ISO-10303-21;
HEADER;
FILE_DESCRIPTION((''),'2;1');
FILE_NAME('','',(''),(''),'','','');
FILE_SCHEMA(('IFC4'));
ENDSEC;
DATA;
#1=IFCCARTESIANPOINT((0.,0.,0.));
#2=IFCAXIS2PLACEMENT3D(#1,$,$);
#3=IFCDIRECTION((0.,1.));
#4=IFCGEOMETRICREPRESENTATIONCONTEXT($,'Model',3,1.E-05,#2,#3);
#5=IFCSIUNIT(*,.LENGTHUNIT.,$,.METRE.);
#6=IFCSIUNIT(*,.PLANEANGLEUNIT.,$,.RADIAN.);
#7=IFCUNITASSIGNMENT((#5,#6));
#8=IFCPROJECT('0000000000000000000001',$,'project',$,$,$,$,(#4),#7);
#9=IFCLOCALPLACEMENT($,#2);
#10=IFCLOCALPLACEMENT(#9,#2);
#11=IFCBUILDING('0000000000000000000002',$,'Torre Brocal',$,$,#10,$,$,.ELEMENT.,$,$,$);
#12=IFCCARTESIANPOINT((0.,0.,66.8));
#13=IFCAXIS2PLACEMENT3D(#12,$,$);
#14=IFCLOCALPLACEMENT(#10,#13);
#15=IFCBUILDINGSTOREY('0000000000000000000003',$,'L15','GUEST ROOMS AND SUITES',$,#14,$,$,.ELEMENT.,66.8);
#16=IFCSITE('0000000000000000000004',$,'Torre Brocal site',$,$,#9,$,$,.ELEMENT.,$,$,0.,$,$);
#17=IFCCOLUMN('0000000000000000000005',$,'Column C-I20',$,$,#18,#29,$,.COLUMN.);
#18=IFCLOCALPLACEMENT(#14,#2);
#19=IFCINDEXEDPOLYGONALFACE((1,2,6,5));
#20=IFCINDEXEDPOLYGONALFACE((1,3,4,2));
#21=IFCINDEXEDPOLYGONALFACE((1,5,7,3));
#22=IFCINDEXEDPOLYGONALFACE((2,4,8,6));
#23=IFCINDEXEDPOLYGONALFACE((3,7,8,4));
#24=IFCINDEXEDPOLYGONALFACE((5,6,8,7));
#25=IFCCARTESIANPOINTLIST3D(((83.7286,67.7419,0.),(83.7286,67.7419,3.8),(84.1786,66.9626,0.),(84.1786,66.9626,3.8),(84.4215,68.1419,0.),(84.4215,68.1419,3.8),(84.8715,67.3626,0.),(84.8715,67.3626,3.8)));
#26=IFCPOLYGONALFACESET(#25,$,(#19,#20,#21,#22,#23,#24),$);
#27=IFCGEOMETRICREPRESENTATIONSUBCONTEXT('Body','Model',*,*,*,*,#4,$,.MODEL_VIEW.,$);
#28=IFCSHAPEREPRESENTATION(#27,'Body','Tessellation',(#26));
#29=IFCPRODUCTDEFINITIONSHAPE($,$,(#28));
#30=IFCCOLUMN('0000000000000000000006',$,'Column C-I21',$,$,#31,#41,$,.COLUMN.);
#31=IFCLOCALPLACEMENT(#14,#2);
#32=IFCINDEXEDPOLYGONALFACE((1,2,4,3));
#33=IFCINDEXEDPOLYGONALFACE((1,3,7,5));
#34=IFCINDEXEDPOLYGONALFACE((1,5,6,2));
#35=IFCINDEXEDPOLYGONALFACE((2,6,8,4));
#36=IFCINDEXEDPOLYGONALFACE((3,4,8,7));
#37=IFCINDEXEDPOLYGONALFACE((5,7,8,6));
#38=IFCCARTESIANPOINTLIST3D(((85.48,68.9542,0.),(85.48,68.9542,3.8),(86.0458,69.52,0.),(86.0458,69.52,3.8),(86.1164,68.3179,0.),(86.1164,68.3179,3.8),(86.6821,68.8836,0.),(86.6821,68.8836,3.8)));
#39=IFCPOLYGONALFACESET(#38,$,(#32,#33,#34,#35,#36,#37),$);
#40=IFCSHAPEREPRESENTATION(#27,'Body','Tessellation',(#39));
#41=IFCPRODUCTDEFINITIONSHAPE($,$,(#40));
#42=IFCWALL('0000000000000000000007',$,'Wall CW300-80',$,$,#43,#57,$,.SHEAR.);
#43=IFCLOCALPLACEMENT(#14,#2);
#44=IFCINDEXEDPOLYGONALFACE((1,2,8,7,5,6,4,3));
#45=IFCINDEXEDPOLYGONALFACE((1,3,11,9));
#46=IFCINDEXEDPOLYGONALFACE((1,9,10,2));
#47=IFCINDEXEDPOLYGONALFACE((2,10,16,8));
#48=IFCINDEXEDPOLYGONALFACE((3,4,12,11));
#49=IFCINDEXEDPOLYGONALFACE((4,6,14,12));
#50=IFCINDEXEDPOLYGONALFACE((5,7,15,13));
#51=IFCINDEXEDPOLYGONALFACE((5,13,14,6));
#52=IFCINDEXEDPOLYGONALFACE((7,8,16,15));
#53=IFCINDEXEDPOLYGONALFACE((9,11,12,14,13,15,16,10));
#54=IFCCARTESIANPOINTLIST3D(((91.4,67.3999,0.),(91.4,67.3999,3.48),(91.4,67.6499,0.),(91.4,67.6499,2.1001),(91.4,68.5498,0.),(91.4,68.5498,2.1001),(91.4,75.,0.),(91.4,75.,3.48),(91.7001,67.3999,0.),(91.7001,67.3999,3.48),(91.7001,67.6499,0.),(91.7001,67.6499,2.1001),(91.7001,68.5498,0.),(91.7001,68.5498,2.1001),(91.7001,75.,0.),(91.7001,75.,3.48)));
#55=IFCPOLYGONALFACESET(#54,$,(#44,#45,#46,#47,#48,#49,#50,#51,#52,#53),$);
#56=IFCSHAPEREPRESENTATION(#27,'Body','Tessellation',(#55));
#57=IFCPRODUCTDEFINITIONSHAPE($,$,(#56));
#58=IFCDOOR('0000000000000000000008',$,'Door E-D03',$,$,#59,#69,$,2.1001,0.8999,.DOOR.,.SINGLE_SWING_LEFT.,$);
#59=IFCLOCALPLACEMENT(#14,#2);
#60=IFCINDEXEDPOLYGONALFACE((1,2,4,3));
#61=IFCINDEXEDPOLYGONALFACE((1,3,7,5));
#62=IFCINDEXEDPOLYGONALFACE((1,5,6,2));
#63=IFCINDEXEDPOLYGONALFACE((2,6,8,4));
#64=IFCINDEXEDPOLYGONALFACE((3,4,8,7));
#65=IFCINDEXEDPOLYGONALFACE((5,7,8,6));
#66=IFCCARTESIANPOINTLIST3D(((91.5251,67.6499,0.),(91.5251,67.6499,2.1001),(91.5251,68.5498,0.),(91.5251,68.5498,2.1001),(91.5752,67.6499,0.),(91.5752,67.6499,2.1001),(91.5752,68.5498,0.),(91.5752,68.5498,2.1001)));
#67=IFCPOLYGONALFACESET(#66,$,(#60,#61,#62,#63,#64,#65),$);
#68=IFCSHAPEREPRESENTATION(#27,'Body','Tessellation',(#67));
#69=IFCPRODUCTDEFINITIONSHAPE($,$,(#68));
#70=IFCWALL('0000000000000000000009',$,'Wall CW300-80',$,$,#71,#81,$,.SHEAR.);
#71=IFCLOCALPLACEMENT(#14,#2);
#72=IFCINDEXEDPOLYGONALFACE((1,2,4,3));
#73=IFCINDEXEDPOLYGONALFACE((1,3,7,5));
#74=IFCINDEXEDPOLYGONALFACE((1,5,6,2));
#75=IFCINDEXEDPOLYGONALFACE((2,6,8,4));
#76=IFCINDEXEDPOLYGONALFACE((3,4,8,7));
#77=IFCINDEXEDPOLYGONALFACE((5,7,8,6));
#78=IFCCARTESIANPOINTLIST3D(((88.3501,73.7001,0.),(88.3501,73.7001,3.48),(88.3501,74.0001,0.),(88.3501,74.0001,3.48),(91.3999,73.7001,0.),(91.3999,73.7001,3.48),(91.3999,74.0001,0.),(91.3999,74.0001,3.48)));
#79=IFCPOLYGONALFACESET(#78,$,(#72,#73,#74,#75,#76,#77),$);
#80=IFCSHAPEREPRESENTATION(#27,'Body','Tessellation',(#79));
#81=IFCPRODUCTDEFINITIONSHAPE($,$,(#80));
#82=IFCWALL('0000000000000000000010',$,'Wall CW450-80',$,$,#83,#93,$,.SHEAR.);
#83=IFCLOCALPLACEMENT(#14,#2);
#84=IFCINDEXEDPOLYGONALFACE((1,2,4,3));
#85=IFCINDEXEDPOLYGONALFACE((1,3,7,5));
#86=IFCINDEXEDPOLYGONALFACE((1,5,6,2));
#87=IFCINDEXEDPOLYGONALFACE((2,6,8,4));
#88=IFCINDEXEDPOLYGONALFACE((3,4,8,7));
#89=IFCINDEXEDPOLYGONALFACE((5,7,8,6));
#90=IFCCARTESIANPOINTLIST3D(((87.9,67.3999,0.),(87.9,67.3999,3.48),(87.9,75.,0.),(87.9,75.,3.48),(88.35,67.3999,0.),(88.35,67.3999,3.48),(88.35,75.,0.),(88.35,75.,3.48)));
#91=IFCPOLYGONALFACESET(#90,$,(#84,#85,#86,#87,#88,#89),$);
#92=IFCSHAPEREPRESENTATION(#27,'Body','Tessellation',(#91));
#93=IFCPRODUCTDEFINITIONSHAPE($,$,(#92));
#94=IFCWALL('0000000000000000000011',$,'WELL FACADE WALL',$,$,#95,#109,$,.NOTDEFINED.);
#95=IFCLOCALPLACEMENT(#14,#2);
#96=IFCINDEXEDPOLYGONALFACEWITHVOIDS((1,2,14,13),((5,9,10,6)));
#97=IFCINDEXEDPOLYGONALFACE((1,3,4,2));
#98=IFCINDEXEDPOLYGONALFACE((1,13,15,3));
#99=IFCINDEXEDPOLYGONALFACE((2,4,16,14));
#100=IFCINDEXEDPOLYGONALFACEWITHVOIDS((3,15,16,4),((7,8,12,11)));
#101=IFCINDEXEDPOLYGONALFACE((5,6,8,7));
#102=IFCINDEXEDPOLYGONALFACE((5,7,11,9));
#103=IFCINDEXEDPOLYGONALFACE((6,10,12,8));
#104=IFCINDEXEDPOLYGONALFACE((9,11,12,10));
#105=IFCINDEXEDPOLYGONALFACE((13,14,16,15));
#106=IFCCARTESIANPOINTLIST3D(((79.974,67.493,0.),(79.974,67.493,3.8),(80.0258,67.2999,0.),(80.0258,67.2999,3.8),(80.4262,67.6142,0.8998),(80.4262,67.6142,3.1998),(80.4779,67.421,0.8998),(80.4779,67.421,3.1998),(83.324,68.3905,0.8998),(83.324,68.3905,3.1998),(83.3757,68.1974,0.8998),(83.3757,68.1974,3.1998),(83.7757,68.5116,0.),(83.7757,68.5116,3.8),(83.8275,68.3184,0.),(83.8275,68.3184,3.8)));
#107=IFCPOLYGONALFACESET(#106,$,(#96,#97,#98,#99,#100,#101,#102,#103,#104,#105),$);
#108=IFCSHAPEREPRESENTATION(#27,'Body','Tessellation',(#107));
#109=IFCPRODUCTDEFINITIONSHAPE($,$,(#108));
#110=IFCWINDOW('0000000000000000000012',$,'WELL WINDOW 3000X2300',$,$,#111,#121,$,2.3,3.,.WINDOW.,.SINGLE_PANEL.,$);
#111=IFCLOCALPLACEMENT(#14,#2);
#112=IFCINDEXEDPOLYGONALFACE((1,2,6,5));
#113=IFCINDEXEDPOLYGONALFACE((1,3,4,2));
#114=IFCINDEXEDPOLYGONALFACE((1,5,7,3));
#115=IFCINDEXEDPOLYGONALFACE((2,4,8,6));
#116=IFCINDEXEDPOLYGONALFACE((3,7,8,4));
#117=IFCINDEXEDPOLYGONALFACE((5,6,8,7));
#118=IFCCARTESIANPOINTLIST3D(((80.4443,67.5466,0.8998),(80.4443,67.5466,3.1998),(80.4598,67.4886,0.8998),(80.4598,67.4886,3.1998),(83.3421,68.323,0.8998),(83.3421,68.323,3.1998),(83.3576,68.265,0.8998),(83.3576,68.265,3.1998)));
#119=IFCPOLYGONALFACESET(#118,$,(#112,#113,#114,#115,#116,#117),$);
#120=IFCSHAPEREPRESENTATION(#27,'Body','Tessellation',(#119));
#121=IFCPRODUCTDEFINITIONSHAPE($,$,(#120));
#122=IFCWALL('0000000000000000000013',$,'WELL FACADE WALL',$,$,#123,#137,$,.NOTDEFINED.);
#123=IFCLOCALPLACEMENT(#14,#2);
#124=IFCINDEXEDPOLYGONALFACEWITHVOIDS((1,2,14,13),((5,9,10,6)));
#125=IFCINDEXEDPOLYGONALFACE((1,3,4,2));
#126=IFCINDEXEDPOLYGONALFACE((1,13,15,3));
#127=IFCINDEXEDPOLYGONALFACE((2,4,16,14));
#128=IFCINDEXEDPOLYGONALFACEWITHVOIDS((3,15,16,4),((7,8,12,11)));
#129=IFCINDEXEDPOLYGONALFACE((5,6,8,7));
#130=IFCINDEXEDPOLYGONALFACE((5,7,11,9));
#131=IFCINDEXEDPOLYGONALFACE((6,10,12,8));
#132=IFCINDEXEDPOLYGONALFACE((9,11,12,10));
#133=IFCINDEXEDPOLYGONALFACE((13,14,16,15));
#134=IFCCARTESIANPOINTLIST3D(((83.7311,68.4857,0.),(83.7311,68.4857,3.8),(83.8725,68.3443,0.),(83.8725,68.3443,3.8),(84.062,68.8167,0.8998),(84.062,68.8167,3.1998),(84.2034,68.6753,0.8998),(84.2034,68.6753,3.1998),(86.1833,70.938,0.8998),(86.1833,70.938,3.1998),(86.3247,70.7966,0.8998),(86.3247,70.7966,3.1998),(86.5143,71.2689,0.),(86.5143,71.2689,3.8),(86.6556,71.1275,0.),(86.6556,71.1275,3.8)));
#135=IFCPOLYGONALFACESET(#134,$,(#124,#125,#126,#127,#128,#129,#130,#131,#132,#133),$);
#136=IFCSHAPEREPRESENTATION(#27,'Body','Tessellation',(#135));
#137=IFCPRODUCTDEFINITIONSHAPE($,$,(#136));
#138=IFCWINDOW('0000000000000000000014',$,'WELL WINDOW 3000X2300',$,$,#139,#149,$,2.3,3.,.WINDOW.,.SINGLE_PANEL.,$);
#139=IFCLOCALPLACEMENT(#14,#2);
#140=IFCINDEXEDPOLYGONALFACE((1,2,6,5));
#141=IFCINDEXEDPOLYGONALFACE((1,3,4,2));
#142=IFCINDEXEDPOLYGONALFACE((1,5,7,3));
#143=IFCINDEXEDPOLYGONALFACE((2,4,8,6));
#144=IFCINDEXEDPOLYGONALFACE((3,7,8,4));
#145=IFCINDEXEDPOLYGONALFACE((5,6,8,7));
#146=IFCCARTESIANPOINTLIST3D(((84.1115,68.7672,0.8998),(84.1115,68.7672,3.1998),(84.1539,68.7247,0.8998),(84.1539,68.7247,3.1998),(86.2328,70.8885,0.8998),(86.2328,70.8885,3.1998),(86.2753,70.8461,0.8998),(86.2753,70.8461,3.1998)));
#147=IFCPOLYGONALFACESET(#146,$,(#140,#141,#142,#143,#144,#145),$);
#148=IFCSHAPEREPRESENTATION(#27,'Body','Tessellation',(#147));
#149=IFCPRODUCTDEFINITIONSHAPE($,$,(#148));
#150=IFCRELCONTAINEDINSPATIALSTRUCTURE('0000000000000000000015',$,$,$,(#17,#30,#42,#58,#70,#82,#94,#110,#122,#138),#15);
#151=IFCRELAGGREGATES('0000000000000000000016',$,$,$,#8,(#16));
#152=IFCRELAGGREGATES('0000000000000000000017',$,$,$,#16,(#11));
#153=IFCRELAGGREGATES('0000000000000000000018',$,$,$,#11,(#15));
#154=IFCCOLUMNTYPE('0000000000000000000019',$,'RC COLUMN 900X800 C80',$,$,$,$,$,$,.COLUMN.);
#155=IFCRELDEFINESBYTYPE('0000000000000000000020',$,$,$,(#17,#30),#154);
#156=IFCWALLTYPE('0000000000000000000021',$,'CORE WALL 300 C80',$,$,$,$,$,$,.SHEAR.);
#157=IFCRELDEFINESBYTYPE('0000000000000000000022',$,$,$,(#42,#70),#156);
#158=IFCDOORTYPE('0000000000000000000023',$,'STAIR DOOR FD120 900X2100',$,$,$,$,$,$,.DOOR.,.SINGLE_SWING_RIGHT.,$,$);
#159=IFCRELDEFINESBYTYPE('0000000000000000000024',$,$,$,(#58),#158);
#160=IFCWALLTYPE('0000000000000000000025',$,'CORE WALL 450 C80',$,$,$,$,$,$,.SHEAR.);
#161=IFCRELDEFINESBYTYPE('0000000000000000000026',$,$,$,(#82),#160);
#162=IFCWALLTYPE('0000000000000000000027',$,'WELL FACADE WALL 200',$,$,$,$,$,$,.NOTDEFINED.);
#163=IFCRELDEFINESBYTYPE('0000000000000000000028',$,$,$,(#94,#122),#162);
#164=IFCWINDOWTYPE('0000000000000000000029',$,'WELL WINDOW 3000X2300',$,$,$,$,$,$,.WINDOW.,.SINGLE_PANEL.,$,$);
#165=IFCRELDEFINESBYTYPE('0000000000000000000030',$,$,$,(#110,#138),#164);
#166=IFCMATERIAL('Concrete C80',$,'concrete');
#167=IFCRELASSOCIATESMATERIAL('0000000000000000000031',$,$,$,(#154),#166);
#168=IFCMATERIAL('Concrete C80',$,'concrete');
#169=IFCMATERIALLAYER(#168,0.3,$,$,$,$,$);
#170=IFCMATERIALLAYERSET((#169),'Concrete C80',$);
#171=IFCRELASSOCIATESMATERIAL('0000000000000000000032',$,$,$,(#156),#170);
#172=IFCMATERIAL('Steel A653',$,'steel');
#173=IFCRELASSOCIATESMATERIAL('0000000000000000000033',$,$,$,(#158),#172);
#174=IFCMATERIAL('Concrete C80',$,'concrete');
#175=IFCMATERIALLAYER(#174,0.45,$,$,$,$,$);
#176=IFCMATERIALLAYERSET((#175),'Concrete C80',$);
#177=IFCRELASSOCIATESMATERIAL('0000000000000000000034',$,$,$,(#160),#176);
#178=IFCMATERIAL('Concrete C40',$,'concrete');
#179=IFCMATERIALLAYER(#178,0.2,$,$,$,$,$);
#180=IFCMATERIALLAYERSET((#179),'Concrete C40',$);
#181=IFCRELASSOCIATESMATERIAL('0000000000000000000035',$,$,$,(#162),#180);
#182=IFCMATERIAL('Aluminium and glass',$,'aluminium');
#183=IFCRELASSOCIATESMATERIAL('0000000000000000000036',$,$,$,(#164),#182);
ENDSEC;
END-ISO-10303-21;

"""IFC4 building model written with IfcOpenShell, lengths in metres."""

from ifc_helpers import new_model, si_unit, direction, frame, frame_2d, origin, origin_2d, place, context, subcontext, project, spatial, rectangle, extrude, material, layer, layer_set, material_profile, profile_set, type_object, element, fill, save


model = new_model("IFC4")

# Units and contexts
model_context = context("Model", 3, precision=1e-05, world=origin(), true_north=direction((0.0, 1.0)))
body_context = subcontext(model_context, "Body", "Model", "MODEL_VIEW")
ifc_project = project(units=[si_unit("LENGTHUNIT", "METRE"), si_unit("PLANEANGLEUNIT", "RADIAN")], contexts=[model_context])

# Site, building, storey
site_placement = place(None, origin())
site = spatial("IfcSite", under=ifc_project, at=site_placement, Name="Torre Brocal site", CompositionType="ELEMENT", RefElevation=0.0)
building_placement = place(site_placement, origin())
building = spatial("IfcBuilding", under=site, at=building_placement, Name="Torre Brocal", CompositionType="ELEMENT")
storey_placement = place(building_placement, frame((0.0, 0.0, 66.8)))
storey = spatial("IfcBuildingStorey", under=building, at=storey_placement, Name="L15", Description="GUEST ROOMS AND SUITES", CompositionType="ELEMENT", Elevation=66.8)

# Columns
ifc_material_1 = material(Name="Concrete C80", Category="concrete")
ifc_material_profile = material_profile(ifc_material_1, rectangle(XDim=0.8999, YDim=0.8, at=origin_2d()), Name="RC 900X800")
ifc_profile_set = profile_set([ifc_material_profile], Name="Concrete C80")
column_type = type_object("IfcColumnType", Name="RC COLUMN 900X800 C80", PredefinedType="COLUMN", material=ifc_profile_set)
for number, where, z_axis, x_axis, name in (
    (1, (84.3, 67.5522, 0.0), (0.0, 0.0, 1.0), (0.5, -0.866025, 0.0), "Column C-I20"),
    (2, (86.0811, 68.9189, 0.0), (0.0, 0.0, 1.0), (0.707107, -0.707107, 0.0), "Column C-I21"),
):
    element("IfcColumn", number, at=place(storey_placement, frame(where, z_axis=z_axis, x_axis=x_axis)), inside=storey, type_object=column_type, Name=name, PredefinedType="COLUMN", context=body_context, shape_type="SweptSolid", body=[
        extrude(rectangle(XDim=0.8999, YDim=0.8, at=origin_2d()), origin(), (0.0, 0.0, 1.0), 3.8),
    ])

# Wall, opening, door
ifc_material_2 = material(Name="Concrete C80", Category="concrete")
ifc_layer_1 = layer(ifc_material_2, 0.3)
ifc_layer_set_1 = layer_set([ifc_layer_1], Name="Concrete C80")
wall_type_1 = type_object("IfcWallType", Name="CORE WALL 300 C80", PredefinedType="SHEAR", material=ifc_layer_set_1)
wall_1_placement = place(storey_placement, frame((91.55, 67.3999, 0.0), z_axis=(0.0, 0.0, 1.0), x_axis=(0.0, 1.0, 0.0)))
wall_1 = element("IfcWall", 3, at=wall_1_placement, inside=storey, type_object=wall_type_1, Name="Wall CW300-80", PredefinedType="SHEAR", context=body_context, shape_type="SweptSolid", body=[
    extrude(rectangle(XDim=7.6001, YDim=0.3, at=frame_2d((3.8, 0.0))), origin(), (0.0, 0.0, 1.0), 3.48),
])
opening_1_placement = place(wall_1_placement, frame((0.25, 0.0, 0.0)))
opening_1 = element("IfcOpeningElement", 4, at=opening_1_placement, cuts=wall_1, PredefinedType="OPENING", context=body_context, shape_type="SweptSolid", body=[
    extrude(rectangle(XDim=0.8999, YDim=2.1001, at=frame_2d((0.45, 1.05))), frame((0.0, 0.1599, 0.0), z_axis=(0.0, -1.0, 0.0), x_axis=(1.0, 0.0, 0.0)), (0.0, 0.0, 1.0), 0.3201),
])
ifc_material_3 = material(Name="Steel A653", Category="steel")
door_type_1 = type_object("IfcDoorType", Name="STAIR DOOR FD120 900X2100", OperationType="SINGLE_SWING_RIGHT", PredefinedType="DOOR", material=ifc_material_3)
door_1_placement = place(opening_1_placement, origin())
door_1 = element("IfcDoor", 5, at=door_1_placement, inside=storey, type_object=door_type_1, Name="Door E-D03", OperationType="SINGLE_SWING_LEFT", OverallHeight=2.1001, OverallWidth=0.8999, PredefinedType="DOOR", context=body_context, shape_type="SweptSolid", body=[
    extrude(rectangle(XDim=0.8999, YDim=2.1001, at=frame_2d((0.45, 1.05))), frame((0.0, 0.0249, 0.0), z_axis=(0.0, -1.0, 0.0), x_axis=(1.0, 0.0, 0.0)), (0.0, 0.0, 1.0), 0.05),
])
fill(opening_1, door_1)

# Walls
wall_2_placement = place(storey_placement, frame((88.3501, 73.8501, 0.0), z_axis=(0.0, 0.0, 1.0), x_axis=(1.0, 0.0, 0.0)))
element("IfcWall", 6, at=wall_2_placement, inside=storey, type_object=wall_type_1, Name="Wall CW300-80", PredefinedType="SHEAR", context=body_context, shape_type="SweptSolid", body=[
    extrude(rectangle(XDim=3.0498, YDim=0.3, at=frame_2d((1.5249, 0.0))), origin(), (0.0, 0.0, 1.0), 3.48),
])
ifc_material_4 = material(Name="Concrete C80", Category="concrete")
ifc_layer_2 = layer(ifc_material_4, 0.45)
ifc_layer_set_2 = layer_set([ifc_layer_2], Name="Concrete C80")
wall_type_2 = type_object("IfcWallType", Name="CORE WALL 450 C80", PredefinedType="SHEAR", material=ifc_layer_set_2)
wall_3_placement = place(storey_placement, frame((88.125, 67.3999, 0.0), z_axis=(0.0, 0.0, 1.0), x_axis=(0.0, 1.0, 0.0)))
element("IfcWall", 7, at=wall_3_placement, inside=storey, type_object=wall_type_2, Name="Wall CW450-80", PredefinedType="SHEAR", context=body_context, shape_type="SweptSolid", body=[
    extrude(rectangle(XDim=7.6001, YDim=0.45, at=frame_2d((3.8, 0.0))), origin(), (0.0, 0.0, 1.0), 3.48),
])

# Walls, openings, windows
ifc_material_5 = material(Name="Concrete C40", Category="concrete")
ifc_layer_3 = layer(ifc_material_5, 0.2)
ifc_layer_set_3 = layer_set([ifc_layer_3], Name="Concrete C40")
wall_type_3 = type_object("IfcWallType", Name="WELL FACADE WALL 200", PredefinedType="NOTDEFINED", material=ifc_layer_set_3)
wall_4_placement = place(storey_placement, frame((80.0, 67.3965, 0.0), z_axis=(0.0, 0.0, 1.0), x_axis=(0.965934, 0.25879, 0.0)))
wall_4 = element("IfcWall", 8, at=wall_4_placement, inside=storey, type_object=wall_type_3, Name="WELL FACADE WALL", PredefinedType="NOTDEFINED", context=body_context, shape_type="SweptSolid", body=[
    extrude(rectangle(XDim=3.9358, YDim=0.2, at=frame_2d((1.9678, 0.0))), origin(), (0.0, 0.0, 1.0), 3.8),
])
opening_2_placement = place(wall_4_placement, frame((0.468, 0.0, 0.8999)))
opening_2 = element("IfcOpeningElement", 9, at=opening_2_placement, cuts=wall_4, PredefinedType="OPENING", context=body_context, shape_type="SweptSolid", body=[
    extrude(rectangle(XDim=3.0, YDim=2.3, at=frame_2d((1.5, 1.1499))), frame((0.0, 0.1099, 0.0), z_axis=(0.0, -1.0, 0.0), x_axis=(1.0, 0.0, 0.0)), (0.0, 0.0, 1.0), 0.22),
])
ifc_material_6 = material(Name="Aluminium and glass", Category="aluminium")
window_type = type_object("IfcWindowType", Name="WELL WINDOW 3000X2300", PartitioningType="SINGLE_PANEL", PredefinedType="WINDOW", material=ifc_material_6)
window_1_placement = place(opening_2_placement, origin())
window_1 = element("IfcWindow", 10, at=window_1_placement, inside=storey, type_object=window_type, Name="WELL WINDOW 3000X2300", OverallHeight=2.3, OverallWidth=3.0, PartitioningType="SINGLE_PANEL", PredefinedType="WINDOW", context=body_context, shape_type="SweptSolid", body=[
    extrude(rectangle(XDim=3.0, YDim=2.3, at=frame_2d((1.5, 1.1499))), frame((0.0, 0.03, 0.0), z_axis=(0.0, -1.0, 0.0), x_axis=(1.0, 0.0, 0.0)), (0.0, 0.0, 1.0), 0.0601),
])
fill(opening_2, window_1)
wall_5_placement = place(storey_placement, frame((83.8018, 68.415, 0.0), z_axis=(0.0, 0.0, 1.0), x_axis=(0.707107, 0.707107, 0.0)))
wall_5 = element("IfcWall", 11, at=wall_5_placement, inside=storey, type_object=wall_type_3, Name="WELL FACADE WALL", PredefinedType="NOTDEFINED", context=body_context, shape_type="SweptSolid", body=[
    extrude(rectangle(XDim=3.936, YDim=0.2, at=frame_2d((1.968, 0.0))), origin(), (0.0, 0.0, 1.0), 3.8),
])
opening_3_placement = place(wall_5_placement, frame((0.468, 0.0, 0.8999)))
opening_3 = element("IfcOpeningElement", 12, at=opening_3_placement, cuts=wall_5, PredefinedType="OPENING", context=body_context, shape_type="SweptSolid", body=[
    extrude(rectangle(XDim=3.0, YDim=2.3, at=frame_2d((1.5, 1.1499))), frame((0.0, 0.1099, 0.0), z_axis=(0.0, -1.0, 0.0), x_axis=(1.0, 0.0, 0.0)), (0.0, 0.0, 1.0), 0.22),
])
window_2_placement = place(opening_3_placement, origin())
window_2 = element("IfcWindow", 13, at=window_2_placement, inside=storey, type_object=window_type, Name="WELL WINDOW 3000X2300", OverallHeight=2.3, OverallWidth=3.0, PartitioningType="SINGLE_PANEL", PredefinedType="WINDOW", context=body_context, shape_type="SweptSolid", body=[
    extrude(rectangle(XDim=3.0, YDim=2.3, at=frame_2d((1.5, 1.1499))), frame((0.0, 0.03, 0.0), z_axis=(0.0, -1.0, 0.0), x_axis=(1.0, 0.0, 0.0)), (0.0, 0.0, 1.0), 0.0601),
])
fill(opening_3, window_2)

save(model, "model.ifc")
